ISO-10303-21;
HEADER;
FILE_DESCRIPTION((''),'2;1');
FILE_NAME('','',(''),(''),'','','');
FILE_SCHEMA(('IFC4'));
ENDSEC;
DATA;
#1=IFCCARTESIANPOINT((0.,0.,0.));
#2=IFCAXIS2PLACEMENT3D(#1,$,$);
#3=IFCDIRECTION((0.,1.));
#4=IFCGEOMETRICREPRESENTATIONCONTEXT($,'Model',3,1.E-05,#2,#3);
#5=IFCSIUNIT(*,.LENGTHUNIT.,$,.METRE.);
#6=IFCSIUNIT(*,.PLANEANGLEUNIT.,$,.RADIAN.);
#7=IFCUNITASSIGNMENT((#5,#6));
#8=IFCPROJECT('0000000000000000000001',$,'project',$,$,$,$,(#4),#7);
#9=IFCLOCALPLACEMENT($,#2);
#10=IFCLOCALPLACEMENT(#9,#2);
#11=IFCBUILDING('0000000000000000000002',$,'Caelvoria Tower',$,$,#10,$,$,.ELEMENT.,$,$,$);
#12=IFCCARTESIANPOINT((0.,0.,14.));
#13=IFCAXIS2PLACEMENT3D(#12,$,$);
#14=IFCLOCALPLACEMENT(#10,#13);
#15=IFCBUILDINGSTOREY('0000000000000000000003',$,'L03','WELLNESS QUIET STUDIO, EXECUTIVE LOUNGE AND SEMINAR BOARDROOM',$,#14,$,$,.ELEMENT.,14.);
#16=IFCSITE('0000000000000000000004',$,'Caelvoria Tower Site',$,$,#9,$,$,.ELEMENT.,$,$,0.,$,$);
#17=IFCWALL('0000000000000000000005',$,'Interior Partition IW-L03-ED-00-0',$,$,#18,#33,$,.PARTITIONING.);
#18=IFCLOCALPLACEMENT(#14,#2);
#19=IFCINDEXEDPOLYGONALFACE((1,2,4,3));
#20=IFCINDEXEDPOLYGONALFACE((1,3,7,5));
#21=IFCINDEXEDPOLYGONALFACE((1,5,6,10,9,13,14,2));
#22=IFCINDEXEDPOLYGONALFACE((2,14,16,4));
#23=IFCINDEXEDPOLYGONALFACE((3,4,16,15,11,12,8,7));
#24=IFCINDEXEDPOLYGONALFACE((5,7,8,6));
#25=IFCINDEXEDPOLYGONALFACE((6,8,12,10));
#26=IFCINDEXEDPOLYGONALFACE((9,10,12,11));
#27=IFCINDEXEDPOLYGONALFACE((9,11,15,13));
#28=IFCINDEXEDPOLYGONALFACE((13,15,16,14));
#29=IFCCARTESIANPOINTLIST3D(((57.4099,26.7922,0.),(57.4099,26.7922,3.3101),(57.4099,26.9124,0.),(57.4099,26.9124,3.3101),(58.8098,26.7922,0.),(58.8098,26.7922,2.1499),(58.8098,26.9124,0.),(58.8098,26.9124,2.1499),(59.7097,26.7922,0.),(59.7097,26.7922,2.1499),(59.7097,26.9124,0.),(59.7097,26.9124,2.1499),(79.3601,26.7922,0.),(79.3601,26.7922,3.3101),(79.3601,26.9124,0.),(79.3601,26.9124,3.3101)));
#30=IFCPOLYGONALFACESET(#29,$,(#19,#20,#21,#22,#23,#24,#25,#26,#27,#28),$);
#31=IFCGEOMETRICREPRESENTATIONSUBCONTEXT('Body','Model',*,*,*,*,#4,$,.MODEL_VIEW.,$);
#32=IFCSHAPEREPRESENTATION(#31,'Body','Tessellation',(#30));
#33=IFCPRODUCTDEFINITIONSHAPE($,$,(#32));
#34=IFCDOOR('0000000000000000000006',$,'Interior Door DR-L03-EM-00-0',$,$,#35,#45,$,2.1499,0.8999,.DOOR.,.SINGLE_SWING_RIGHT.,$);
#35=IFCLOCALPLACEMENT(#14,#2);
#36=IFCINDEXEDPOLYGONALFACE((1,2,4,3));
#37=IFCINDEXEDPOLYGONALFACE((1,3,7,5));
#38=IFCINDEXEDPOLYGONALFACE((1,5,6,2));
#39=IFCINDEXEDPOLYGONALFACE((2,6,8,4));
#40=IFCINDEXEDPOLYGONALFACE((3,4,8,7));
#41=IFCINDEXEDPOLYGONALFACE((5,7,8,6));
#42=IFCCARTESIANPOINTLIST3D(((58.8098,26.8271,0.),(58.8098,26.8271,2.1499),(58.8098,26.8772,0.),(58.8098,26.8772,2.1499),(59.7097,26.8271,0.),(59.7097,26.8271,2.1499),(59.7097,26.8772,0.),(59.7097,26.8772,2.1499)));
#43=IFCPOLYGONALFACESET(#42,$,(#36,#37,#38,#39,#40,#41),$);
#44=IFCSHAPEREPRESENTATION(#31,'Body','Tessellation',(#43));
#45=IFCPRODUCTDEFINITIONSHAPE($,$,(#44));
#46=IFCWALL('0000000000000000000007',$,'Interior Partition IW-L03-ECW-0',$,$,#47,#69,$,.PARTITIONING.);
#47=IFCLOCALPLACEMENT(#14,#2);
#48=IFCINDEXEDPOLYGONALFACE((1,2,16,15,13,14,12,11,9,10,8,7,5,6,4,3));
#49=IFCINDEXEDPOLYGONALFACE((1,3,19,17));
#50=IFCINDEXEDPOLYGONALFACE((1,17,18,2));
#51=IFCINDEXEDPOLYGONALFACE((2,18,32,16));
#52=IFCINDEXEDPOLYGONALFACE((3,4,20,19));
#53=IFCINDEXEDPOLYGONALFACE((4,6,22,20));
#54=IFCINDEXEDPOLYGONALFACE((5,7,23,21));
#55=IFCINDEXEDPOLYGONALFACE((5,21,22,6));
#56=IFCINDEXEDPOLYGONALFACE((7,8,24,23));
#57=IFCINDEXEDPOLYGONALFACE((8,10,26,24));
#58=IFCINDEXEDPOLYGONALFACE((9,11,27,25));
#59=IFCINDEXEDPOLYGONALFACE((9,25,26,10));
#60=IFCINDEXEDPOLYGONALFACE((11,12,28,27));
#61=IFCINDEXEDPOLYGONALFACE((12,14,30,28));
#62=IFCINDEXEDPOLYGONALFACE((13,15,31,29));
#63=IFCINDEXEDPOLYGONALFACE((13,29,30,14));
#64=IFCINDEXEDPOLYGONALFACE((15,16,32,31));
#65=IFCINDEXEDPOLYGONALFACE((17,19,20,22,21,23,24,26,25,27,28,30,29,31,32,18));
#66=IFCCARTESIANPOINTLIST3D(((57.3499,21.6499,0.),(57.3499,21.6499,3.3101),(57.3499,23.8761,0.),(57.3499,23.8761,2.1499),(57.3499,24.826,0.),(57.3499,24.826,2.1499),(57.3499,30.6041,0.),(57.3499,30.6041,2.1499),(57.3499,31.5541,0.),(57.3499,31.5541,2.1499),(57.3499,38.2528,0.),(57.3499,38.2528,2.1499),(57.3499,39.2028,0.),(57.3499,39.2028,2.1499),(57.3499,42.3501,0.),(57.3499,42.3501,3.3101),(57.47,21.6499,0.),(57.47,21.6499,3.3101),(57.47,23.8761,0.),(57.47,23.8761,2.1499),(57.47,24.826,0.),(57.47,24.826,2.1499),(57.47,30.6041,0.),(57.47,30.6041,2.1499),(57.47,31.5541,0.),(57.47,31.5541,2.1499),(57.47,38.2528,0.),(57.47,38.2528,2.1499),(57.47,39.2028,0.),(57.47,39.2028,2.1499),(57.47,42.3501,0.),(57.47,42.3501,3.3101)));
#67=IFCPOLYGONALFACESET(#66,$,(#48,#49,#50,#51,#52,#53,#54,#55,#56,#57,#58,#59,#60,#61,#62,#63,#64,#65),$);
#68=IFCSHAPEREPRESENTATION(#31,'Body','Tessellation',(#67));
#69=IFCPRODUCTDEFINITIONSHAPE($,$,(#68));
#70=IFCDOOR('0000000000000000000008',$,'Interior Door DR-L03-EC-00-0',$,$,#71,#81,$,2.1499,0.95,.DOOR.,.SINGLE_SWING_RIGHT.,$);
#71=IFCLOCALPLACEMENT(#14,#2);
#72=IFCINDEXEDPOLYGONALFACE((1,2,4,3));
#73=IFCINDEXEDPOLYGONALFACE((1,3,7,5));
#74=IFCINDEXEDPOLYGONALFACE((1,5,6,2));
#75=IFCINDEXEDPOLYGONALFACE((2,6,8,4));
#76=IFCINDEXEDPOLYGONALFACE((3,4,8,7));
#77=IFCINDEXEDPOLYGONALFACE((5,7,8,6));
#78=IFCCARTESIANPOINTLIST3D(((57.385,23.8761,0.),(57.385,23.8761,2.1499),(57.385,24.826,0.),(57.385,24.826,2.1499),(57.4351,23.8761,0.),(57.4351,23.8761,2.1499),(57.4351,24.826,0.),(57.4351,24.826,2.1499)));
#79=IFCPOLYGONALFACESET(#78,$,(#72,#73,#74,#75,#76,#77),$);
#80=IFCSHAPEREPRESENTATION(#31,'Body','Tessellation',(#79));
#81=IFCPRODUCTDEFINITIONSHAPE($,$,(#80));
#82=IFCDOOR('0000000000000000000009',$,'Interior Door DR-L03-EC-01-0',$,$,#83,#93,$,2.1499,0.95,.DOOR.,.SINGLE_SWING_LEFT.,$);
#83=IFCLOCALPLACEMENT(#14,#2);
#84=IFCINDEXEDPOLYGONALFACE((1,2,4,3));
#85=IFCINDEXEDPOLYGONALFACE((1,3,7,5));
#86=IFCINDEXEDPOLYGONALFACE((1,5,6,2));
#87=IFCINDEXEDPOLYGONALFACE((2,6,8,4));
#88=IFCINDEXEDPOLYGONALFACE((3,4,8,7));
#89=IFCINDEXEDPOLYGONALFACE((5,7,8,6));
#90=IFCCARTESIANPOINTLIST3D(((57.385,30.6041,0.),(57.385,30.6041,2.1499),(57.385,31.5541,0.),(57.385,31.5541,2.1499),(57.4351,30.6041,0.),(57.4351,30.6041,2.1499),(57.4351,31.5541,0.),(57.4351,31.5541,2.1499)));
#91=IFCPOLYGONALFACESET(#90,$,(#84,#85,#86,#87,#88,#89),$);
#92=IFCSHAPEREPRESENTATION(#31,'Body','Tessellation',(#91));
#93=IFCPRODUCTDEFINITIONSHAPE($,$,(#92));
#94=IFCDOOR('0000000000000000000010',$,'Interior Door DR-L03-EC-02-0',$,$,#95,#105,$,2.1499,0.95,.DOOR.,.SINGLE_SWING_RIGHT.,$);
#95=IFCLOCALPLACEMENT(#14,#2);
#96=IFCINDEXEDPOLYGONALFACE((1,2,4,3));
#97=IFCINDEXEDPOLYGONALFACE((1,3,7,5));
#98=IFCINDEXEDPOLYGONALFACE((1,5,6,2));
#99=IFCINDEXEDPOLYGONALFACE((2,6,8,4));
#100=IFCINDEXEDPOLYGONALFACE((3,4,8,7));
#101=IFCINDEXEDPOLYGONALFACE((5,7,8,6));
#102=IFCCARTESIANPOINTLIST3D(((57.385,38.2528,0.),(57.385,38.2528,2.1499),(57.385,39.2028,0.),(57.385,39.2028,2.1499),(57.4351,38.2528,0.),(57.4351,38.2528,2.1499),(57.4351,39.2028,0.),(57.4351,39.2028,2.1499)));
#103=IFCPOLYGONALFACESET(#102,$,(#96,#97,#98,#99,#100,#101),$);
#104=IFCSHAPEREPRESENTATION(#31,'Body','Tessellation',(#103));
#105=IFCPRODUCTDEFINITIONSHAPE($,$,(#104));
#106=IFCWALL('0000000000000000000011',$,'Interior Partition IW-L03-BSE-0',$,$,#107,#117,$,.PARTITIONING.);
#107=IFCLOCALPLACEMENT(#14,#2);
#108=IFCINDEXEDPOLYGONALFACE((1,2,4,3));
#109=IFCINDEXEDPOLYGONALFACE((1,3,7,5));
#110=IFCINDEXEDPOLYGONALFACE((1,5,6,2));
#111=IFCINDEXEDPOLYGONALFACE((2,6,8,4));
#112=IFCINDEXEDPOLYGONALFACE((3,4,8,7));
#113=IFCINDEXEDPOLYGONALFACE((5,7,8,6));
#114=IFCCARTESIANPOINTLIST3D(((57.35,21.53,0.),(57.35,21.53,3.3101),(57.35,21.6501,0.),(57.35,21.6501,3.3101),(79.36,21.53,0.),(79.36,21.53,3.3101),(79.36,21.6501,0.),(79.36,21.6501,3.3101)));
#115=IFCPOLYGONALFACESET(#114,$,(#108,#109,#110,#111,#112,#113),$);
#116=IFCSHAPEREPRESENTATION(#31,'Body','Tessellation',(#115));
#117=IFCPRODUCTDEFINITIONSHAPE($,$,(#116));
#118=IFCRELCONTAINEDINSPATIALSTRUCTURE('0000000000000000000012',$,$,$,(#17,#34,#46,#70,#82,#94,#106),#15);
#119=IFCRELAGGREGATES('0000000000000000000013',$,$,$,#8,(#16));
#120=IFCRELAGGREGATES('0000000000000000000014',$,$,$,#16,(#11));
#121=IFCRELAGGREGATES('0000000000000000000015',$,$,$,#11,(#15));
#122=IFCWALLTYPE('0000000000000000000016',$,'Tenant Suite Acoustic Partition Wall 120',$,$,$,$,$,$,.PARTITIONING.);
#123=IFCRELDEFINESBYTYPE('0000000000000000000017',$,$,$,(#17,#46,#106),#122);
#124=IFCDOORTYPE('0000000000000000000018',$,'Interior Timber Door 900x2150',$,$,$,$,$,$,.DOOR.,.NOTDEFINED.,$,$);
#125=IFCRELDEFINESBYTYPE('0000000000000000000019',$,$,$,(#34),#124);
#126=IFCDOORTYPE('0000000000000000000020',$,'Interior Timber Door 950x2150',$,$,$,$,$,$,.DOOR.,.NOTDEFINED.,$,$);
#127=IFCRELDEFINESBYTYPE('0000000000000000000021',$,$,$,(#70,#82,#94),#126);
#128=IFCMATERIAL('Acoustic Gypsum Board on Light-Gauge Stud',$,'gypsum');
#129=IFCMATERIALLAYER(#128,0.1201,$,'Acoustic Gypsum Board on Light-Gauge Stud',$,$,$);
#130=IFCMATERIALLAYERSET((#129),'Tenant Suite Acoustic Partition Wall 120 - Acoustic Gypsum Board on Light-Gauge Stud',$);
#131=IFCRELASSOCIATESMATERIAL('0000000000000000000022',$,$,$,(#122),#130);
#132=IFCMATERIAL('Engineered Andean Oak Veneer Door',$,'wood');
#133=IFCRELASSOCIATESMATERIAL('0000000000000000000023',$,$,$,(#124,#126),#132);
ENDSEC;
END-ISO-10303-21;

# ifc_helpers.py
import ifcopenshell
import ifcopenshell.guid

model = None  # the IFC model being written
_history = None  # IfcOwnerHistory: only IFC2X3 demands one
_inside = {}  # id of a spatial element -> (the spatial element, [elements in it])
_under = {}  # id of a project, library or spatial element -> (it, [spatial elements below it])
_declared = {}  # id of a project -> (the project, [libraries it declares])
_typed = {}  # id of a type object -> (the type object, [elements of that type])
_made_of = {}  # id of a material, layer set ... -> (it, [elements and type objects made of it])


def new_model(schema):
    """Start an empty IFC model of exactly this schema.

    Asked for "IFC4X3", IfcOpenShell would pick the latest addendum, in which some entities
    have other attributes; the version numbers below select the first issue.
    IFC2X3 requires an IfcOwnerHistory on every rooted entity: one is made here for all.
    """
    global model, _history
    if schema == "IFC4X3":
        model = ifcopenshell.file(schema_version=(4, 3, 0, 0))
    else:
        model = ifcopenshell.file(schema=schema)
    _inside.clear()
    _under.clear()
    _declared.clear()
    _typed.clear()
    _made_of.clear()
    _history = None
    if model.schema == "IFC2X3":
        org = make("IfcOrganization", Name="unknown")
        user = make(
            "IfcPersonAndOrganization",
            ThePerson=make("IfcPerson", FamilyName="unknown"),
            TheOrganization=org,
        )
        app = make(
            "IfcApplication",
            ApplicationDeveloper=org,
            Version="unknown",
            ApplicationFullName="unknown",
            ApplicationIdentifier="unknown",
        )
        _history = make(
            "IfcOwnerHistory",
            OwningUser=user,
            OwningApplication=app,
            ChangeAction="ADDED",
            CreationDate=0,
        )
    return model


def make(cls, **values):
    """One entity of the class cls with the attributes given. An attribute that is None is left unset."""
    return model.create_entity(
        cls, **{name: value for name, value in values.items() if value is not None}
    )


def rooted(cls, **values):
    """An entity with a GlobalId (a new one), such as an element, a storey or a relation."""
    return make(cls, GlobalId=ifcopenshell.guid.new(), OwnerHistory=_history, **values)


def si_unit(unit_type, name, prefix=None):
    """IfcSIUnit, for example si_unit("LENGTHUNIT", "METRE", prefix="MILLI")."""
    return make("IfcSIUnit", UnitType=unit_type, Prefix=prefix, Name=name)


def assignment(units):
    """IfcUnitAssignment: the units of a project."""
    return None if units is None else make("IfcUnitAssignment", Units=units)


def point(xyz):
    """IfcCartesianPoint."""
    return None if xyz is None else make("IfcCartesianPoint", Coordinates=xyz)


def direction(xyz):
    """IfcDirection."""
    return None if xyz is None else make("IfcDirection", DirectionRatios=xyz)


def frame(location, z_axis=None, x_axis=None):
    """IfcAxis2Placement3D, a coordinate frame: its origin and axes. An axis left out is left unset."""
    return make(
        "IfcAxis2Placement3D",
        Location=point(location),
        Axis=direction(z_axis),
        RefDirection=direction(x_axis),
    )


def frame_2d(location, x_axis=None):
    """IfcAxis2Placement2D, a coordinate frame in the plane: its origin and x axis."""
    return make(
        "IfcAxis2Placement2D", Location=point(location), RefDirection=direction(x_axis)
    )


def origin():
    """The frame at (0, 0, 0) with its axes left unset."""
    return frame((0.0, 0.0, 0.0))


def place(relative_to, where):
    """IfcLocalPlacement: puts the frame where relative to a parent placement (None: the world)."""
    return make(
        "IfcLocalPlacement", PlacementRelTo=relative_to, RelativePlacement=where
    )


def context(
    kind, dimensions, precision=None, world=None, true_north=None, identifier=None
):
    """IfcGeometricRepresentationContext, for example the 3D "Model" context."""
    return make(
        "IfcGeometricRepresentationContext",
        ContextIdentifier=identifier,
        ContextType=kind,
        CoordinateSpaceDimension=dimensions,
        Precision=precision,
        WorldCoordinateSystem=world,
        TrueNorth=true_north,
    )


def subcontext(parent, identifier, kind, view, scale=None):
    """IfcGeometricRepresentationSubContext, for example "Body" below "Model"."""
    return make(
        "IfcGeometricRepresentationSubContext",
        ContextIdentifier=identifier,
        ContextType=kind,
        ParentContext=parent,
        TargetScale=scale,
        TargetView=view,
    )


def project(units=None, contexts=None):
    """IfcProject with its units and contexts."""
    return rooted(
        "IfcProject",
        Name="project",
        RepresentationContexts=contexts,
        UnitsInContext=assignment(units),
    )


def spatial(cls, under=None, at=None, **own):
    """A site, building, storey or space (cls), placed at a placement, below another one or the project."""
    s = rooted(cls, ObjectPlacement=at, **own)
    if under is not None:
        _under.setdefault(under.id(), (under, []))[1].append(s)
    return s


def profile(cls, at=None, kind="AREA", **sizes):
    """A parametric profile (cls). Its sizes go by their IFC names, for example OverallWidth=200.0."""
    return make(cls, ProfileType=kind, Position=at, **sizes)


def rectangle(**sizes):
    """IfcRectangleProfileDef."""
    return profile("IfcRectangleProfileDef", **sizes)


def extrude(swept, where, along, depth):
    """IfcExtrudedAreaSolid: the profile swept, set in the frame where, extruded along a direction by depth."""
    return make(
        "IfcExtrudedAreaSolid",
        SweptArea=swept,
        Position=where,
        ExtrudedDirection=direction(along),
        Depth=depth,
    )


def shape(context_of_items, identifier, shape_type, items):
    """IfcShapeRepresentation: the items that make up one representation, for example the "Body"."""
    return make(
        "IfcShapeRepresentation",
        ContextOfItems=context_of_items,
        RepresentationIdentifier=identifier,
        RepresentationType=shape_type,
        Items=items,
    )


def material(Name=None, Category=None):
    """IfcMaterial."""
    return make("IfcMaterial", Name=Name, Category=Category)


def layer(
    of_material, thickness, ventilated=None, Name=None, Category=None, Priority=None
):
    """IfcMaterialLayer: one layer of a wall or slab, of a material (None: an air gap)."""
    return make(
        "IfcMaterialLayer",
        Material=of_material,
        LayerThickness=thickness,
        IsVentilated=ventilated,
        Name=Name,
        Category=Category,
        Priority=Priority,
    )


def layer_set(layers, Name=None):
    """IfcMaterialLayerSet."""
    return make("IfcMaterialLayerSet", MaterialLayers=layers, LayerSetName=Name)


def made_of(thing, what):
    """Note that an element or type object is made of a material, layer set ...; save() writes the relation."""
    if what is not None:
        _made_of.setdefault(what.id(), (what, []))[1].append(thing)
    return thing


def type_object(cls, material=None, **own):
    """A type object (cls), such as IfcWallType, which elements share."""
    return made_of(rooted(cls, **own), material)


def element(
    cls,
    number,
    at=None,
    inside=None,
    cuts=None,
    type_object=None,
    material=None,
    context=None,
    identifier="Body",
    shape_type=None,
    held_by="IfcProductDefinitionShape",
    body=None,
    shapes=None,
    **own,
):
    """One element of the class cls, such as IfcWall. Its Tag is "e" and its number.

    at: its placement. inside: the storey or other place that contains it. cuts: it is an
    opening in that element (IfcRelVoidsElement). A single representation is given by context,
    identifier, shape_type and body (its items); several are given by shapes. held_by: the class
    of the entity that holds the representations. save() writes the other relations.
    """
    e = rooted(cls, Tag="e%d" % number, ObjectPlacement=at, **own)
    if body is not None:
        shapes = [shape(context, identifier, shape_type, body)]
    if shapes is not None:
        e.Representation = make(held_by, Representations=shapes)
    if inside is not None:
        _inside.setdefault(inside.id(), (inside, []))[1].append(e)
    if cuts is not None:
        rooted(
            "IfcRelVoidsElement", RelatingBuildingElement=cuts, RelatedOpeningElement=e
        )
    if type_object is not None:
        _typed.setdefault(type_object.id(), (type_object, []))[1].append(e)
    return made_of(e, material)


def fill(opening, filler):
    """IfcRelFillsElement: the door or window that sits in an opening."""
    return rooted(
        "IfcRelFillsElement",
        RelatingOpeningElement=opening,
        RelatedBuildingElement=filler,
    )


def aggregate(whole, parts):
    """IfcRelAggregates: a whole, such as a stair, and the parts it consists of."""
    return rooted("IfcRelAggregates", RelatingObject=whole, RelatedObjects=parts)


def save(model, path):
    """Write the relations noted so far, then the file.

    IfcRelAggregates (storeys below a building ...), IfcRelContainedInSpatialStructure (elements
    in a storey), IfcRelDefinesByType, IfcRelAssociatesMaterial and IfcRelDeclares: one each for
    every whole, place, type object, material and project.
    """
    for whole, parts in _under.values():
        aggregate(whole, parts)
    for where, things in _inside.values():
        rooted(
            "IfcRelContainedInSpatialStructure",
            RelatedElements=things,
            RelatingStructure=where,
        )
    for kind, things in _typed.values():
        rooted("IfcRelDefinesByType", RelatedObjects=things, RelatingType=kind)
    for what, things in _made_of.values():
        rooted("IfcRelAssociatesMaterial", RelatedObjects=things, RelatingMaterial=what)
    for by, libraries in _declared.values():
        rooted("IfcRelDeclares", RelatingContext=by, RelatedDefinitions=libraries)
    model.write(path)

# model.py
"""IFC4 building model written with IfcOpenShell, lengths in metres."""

from ifc_helpers import new_model, si_unit, direction, frame, frame_2d, origin, place, context, subcontext, project, spatial, rectangle, extrude, material, layer, layer_set, type_object, element, fill, save


model = new_model("IFC4")

# Units and contexts
model_context = context("Model", 3, precision=1e-05, world=origin(), true_north=direction((0.0, 1.0)))
body_context = subcontext(model_context, "Body", "Model", "MODEL_VIEW")
ifc_project = project(units=[si_unit("LENGTHUNIT", "METRE"), si_unit("PLANEANGLEUNIT", "RADIAN")], contexts=[model_context])

# Site, building, storey
site_placement = place(None, origin())
site = spatial("IfcSite", under=ifc_project, at=site_placement, Name="Caelvoria Tower Site", CompositionType="ELEMENT", RefElevation=0.0)
building_placement = place(site_placement, origin())
building = spatial("IfcBuilding", under=site, at=building_placement, Name="Caelvoria Tower", CompositionType="ELEMENT")
storey_placement = place(building_placement, frame((0.0, 0.0, 14.0)))
storey = spatial("IfcBuildingStorey", under=building, at=storey_placement, Name="L03", Description="WELLNESS QUIET STUDIO, EXECUTIVE LOUNGE AND SEMINAR BOARDROOM", CompositionType="ELEMENT", Elevation=14.0)

# Wall, opening, door
ifc_material_1 = material(Name="Acoustic Gypsum Board on Light-Gauge Stud", Category="gypsum")
ifc_layer_1 = layer(ifc_material_1, 0.1201, Name="Acoustic Gypsum Board on Light-Gauge Stud")
ifc_layer_set_1 = layer_set([ifc_layer_1], Name="Tenant Suite Acoustic Partition Wall 120 - Acoustic Gypsum Board on Light-Gauge Stud")
wall_type_1 = type_object("IfcWallType", Name="Tenant Suite Acoustic Partition Wall 120", PredefinedType="PARTITIONING", material=ifc_layer_set_1)
wall_1_placement = place(storey_placement, frame((57.4099, 26.8523, 0.0), z_axis=(0.0, 0.0, 1.0), x_axis=(1.0, 0.0, 0.0)))
wall_1 = element("IfcWall", 1, at=wall_1_placement, inside=storey, type_object=wall_type_1, Name="Interior Partition IW-L03-ED-00-0", PredefinedType="PARTITIONING", context=body_context, shape_type="SweptSolid", body=[
    extrude(rectangle(XDim=21.9502, YDim=0.1201, at=frame_2d((10.9751, 0.0))), origin(), (0.0, 0.0, 1.0), 3.3101),
])
opening_1_placement = place(wall_1_placement, frame((1.3999, 0.0, 0.0)))
opening_1 = element("IfcOpeningElement", 2, at=opening_1_placement, cuts=wall_1, PredefinedType="OPENING", context=body_context, shape_type="SweptSolid", body=[
    extrude(rectangle(XDim=0.8999, YDim=2.1499, at=frame_2d((0.45, 1.075))), frame((0.0, 0.0701, 0.0), z_axis=(0.0, -1.0, 0.0), x_axis=(1.0, 0.0, 0.0)), (0.0, 0.0, 1.0), 0.1401),
])
ifc_material_2 = material(Name="Engineered Andean Oak Veneer Door", Category="wood")
door_type_1 = type_object("IfcDoorType", Name="Interior Timber Door 900x2150", OperationType="NOTDEFINED", PredefinedType="DOOR", material=ifc_material_2)
door_1_placement = place(opening_1_placement, origin())
door_1 = element("IfcDoor", 3, at=door_1_placement, inside=storey, type_object=door_type_1, Name="Interior Door DR-L03-EM-00-0", OperationType="SINGLE_SWING_RIGHT", OverallHeight=2.1499, OverallWidth=0.8999, PredefinedType="DOOR", context=body_context, shape_type="SweptSolid", body=[
    extrude(rectangle(XDim=0.8999, YDim=2.1499, at=frame_2d((0.45, 1.075))), frame((0.0, 0.0249, 0.0), z_axis=(0.0, -1.0, 0.0), x_axis=(1.0, 0.0, 0.0)), (0.0, 0.0, 1.0), 0.05),
])
fill(opening_1, door_1)

# Wall, openings, doors
wall_2_placement = place(storey_placement, frame((57.4099, 21.6499, 0.0), z_axis=(0.0, 0.0, 1.0), x_axis=(0.0, 1.0, 0.0)))
wall_2 = element("IfcWall", 4, at=wall_2_placement, inside=storey, type_object=wall_type_1, Name="Interior Partition IW-L03-ECW-0", PredefinedType="PARTITIONING", context=body_context, shape_type="SweptSolid", body=[
    extrude(rectangle(XDim=20.7002, YDim=0.1201, at=frame_2d((10.3501, 0.0))), origin(), (0.0, 0.0, 1.0), 3.3101),
])
opening_2_placement = place(wall_2_placement, frame((2.2261, 0.0, 0.0)))
opening_2 = element("IfcOpeningElement", 5, at=opening_2_placement, cuts=wall_2, PredefinedType="OPENING", context=body_context, shape_type="SweptSolid", body=[
    extrude(rectangle(XDim=0.95, YDim=2.1499, at=frame_2d((0.4751, 1.075))), frame((0.0, 0.0701, 0.0), z_axis=(0.0, -1.0, 0.0), x_axis=(1.0, 0.0, 0.0)), (0.0, 0.0, 1.0), 0.1401),
])
opening_3_placement = place(wall_2_placement, frame((8.9541, 0.0, 0.0)))
opening_3 = element("IfcOpeningElement", 6, at=opening_3_placement, cuts=wall_2, PredefinedType="OPENING", context=body_context, shape_type="SweptSolid", body=[
    extrude(rectangle(XDim=0.95, YDim=2.1499, at=frame_2d((0.4751, 1.075))), frame((0.0, 0.0701, 0.0), z_axis=(0.0, -1.0, 0.0), x_axis=(1.0, 0.0, 0.0)), (0.0, 0.0, 1.0), 0.1401),
])
opening_4_placement = place(wall_2_placement, frame((16.6028, 0.0, 0.0)))
opening_4 = element("IfcOpeningElement", 7, at=opening_4_placement, cuts=wall_2, PredefinedType="OPENING", context=body_context, shape_type="SweptSolid", body=[
    extrude(rectangle(XDim=0.95, YDim=2.1499, at=frame_2d((0.4751, 1.075))), frame((0.0, 0.0701, 0.0), z_axis=(0.0, -1.0, 0.0), x_axis=(1.0, 0.0, 0.0)), (0.0, 0.0, 1.0), 0.1401),
])
door_type_2 = type_object("IfcDoorType", Name="Interior Timber Door 950x2150", OperationType="NOTDEFINED", PredefinedType="DOOR", material=ifc_material_2)
door_2_placement = place(opening_2_placement, origin())
door_2 = element("IfcDoor", 8, at=door_2_placement, inside=storey, type_object=door_type_2, Name="Interior Door DR-L03-EC-00-0", OperationType="SINGLE_SWING_RIGHT", OverallHeight=2.1499, OverallWidth=0.95, PredefinedType="DOOR", context=body_context, shape_type="SweptSolid", body=[
    extrude(rectangle(XDim=0.95, YDim=2.1499, at=frame_2d((0.4751, 1.075))), frame((0.0, 0.0249, 0.0), z_axis=(0.0, -1.0, 0.0), x_axis=(1.0, 0.0, 0.0)), (0.0, 0.0, 1.0), 0.05),
])
fill(opening_2, door_2)
door_3_placement = place(opening_3_placement, origin())
door_3 = element("IfcDoor", 9, at=door_3_placement, inside=storey, type_object=door_type_2, Name="Interior Door DR-L03-EC-01-0", OperationType="SINGLE_SWING_LEFT", OverallHeight=2.1499, OverallWidth=0.95, PredefinedType="DOOR", context=body_context, shape_type="SweptSolid", body=[
    extrude(rectangle(XDim=0.95, YDim=2.1499, at=frame_2d((0.4751, 1.075))), frame((0.0, 0.0249, 0.0), z_axis=(0.0, -1.0, 0.0), x_axis=(1.0, 0.0, 0.0)), (0.0, 0.0, 1.0), 0.05),
])
fill(opening_3, door_3)
door_4_placement = place(opening_4_placement, origin())
door_4 = element("IfcDoor", 10, at=door_4_placement, inside=storey, type_object=door_type_2, Name="Interior Door DR-L03-EC-02-0", OperationType="SINGLE_SWING_RIGHT", OverallHeight=2.1499, OverallWidth=0.95, PredefinedType="DOOR", context=body_context, shape_type="SweptSolid", body=[
    extrude(rectangle(XDim=0.95, YDim=2.1499, at=frame_2d((0.4751, 1.075))), frame((0.0, 0.0249, 0.0), z_axis=(0.0, -1.0, 0.0), x_axis=(1.0, 0.0, 0.0)), (0.0, 0.0, 1.0), 0.05),
])
fill(opening_4, door_4)

# Wall
wall_3_placement = place(storey_placement, frame((57.3501, 21.5901, 0.0), z_axis=(0.0, 0.0, 1.0), x_axis=(1.0, 0.0, 0.0)))
element("IfcWall", 11, at=wall_3_placement, inside=storey, type_object=wall_type_1, Name="Interior Partition IW-L03-BSE-0", PredefinedType="PARTITIONING", context=body_context, shape_type="SweptSolid", body=[
    extrude(rectangle(XDim=22.01, YDim=0.1201, at=frame_2d((11.0049, 0.0))), origin(), (0.0, 0.0, 1.0), 3.3101),
])

save(model, "model.ifc")
